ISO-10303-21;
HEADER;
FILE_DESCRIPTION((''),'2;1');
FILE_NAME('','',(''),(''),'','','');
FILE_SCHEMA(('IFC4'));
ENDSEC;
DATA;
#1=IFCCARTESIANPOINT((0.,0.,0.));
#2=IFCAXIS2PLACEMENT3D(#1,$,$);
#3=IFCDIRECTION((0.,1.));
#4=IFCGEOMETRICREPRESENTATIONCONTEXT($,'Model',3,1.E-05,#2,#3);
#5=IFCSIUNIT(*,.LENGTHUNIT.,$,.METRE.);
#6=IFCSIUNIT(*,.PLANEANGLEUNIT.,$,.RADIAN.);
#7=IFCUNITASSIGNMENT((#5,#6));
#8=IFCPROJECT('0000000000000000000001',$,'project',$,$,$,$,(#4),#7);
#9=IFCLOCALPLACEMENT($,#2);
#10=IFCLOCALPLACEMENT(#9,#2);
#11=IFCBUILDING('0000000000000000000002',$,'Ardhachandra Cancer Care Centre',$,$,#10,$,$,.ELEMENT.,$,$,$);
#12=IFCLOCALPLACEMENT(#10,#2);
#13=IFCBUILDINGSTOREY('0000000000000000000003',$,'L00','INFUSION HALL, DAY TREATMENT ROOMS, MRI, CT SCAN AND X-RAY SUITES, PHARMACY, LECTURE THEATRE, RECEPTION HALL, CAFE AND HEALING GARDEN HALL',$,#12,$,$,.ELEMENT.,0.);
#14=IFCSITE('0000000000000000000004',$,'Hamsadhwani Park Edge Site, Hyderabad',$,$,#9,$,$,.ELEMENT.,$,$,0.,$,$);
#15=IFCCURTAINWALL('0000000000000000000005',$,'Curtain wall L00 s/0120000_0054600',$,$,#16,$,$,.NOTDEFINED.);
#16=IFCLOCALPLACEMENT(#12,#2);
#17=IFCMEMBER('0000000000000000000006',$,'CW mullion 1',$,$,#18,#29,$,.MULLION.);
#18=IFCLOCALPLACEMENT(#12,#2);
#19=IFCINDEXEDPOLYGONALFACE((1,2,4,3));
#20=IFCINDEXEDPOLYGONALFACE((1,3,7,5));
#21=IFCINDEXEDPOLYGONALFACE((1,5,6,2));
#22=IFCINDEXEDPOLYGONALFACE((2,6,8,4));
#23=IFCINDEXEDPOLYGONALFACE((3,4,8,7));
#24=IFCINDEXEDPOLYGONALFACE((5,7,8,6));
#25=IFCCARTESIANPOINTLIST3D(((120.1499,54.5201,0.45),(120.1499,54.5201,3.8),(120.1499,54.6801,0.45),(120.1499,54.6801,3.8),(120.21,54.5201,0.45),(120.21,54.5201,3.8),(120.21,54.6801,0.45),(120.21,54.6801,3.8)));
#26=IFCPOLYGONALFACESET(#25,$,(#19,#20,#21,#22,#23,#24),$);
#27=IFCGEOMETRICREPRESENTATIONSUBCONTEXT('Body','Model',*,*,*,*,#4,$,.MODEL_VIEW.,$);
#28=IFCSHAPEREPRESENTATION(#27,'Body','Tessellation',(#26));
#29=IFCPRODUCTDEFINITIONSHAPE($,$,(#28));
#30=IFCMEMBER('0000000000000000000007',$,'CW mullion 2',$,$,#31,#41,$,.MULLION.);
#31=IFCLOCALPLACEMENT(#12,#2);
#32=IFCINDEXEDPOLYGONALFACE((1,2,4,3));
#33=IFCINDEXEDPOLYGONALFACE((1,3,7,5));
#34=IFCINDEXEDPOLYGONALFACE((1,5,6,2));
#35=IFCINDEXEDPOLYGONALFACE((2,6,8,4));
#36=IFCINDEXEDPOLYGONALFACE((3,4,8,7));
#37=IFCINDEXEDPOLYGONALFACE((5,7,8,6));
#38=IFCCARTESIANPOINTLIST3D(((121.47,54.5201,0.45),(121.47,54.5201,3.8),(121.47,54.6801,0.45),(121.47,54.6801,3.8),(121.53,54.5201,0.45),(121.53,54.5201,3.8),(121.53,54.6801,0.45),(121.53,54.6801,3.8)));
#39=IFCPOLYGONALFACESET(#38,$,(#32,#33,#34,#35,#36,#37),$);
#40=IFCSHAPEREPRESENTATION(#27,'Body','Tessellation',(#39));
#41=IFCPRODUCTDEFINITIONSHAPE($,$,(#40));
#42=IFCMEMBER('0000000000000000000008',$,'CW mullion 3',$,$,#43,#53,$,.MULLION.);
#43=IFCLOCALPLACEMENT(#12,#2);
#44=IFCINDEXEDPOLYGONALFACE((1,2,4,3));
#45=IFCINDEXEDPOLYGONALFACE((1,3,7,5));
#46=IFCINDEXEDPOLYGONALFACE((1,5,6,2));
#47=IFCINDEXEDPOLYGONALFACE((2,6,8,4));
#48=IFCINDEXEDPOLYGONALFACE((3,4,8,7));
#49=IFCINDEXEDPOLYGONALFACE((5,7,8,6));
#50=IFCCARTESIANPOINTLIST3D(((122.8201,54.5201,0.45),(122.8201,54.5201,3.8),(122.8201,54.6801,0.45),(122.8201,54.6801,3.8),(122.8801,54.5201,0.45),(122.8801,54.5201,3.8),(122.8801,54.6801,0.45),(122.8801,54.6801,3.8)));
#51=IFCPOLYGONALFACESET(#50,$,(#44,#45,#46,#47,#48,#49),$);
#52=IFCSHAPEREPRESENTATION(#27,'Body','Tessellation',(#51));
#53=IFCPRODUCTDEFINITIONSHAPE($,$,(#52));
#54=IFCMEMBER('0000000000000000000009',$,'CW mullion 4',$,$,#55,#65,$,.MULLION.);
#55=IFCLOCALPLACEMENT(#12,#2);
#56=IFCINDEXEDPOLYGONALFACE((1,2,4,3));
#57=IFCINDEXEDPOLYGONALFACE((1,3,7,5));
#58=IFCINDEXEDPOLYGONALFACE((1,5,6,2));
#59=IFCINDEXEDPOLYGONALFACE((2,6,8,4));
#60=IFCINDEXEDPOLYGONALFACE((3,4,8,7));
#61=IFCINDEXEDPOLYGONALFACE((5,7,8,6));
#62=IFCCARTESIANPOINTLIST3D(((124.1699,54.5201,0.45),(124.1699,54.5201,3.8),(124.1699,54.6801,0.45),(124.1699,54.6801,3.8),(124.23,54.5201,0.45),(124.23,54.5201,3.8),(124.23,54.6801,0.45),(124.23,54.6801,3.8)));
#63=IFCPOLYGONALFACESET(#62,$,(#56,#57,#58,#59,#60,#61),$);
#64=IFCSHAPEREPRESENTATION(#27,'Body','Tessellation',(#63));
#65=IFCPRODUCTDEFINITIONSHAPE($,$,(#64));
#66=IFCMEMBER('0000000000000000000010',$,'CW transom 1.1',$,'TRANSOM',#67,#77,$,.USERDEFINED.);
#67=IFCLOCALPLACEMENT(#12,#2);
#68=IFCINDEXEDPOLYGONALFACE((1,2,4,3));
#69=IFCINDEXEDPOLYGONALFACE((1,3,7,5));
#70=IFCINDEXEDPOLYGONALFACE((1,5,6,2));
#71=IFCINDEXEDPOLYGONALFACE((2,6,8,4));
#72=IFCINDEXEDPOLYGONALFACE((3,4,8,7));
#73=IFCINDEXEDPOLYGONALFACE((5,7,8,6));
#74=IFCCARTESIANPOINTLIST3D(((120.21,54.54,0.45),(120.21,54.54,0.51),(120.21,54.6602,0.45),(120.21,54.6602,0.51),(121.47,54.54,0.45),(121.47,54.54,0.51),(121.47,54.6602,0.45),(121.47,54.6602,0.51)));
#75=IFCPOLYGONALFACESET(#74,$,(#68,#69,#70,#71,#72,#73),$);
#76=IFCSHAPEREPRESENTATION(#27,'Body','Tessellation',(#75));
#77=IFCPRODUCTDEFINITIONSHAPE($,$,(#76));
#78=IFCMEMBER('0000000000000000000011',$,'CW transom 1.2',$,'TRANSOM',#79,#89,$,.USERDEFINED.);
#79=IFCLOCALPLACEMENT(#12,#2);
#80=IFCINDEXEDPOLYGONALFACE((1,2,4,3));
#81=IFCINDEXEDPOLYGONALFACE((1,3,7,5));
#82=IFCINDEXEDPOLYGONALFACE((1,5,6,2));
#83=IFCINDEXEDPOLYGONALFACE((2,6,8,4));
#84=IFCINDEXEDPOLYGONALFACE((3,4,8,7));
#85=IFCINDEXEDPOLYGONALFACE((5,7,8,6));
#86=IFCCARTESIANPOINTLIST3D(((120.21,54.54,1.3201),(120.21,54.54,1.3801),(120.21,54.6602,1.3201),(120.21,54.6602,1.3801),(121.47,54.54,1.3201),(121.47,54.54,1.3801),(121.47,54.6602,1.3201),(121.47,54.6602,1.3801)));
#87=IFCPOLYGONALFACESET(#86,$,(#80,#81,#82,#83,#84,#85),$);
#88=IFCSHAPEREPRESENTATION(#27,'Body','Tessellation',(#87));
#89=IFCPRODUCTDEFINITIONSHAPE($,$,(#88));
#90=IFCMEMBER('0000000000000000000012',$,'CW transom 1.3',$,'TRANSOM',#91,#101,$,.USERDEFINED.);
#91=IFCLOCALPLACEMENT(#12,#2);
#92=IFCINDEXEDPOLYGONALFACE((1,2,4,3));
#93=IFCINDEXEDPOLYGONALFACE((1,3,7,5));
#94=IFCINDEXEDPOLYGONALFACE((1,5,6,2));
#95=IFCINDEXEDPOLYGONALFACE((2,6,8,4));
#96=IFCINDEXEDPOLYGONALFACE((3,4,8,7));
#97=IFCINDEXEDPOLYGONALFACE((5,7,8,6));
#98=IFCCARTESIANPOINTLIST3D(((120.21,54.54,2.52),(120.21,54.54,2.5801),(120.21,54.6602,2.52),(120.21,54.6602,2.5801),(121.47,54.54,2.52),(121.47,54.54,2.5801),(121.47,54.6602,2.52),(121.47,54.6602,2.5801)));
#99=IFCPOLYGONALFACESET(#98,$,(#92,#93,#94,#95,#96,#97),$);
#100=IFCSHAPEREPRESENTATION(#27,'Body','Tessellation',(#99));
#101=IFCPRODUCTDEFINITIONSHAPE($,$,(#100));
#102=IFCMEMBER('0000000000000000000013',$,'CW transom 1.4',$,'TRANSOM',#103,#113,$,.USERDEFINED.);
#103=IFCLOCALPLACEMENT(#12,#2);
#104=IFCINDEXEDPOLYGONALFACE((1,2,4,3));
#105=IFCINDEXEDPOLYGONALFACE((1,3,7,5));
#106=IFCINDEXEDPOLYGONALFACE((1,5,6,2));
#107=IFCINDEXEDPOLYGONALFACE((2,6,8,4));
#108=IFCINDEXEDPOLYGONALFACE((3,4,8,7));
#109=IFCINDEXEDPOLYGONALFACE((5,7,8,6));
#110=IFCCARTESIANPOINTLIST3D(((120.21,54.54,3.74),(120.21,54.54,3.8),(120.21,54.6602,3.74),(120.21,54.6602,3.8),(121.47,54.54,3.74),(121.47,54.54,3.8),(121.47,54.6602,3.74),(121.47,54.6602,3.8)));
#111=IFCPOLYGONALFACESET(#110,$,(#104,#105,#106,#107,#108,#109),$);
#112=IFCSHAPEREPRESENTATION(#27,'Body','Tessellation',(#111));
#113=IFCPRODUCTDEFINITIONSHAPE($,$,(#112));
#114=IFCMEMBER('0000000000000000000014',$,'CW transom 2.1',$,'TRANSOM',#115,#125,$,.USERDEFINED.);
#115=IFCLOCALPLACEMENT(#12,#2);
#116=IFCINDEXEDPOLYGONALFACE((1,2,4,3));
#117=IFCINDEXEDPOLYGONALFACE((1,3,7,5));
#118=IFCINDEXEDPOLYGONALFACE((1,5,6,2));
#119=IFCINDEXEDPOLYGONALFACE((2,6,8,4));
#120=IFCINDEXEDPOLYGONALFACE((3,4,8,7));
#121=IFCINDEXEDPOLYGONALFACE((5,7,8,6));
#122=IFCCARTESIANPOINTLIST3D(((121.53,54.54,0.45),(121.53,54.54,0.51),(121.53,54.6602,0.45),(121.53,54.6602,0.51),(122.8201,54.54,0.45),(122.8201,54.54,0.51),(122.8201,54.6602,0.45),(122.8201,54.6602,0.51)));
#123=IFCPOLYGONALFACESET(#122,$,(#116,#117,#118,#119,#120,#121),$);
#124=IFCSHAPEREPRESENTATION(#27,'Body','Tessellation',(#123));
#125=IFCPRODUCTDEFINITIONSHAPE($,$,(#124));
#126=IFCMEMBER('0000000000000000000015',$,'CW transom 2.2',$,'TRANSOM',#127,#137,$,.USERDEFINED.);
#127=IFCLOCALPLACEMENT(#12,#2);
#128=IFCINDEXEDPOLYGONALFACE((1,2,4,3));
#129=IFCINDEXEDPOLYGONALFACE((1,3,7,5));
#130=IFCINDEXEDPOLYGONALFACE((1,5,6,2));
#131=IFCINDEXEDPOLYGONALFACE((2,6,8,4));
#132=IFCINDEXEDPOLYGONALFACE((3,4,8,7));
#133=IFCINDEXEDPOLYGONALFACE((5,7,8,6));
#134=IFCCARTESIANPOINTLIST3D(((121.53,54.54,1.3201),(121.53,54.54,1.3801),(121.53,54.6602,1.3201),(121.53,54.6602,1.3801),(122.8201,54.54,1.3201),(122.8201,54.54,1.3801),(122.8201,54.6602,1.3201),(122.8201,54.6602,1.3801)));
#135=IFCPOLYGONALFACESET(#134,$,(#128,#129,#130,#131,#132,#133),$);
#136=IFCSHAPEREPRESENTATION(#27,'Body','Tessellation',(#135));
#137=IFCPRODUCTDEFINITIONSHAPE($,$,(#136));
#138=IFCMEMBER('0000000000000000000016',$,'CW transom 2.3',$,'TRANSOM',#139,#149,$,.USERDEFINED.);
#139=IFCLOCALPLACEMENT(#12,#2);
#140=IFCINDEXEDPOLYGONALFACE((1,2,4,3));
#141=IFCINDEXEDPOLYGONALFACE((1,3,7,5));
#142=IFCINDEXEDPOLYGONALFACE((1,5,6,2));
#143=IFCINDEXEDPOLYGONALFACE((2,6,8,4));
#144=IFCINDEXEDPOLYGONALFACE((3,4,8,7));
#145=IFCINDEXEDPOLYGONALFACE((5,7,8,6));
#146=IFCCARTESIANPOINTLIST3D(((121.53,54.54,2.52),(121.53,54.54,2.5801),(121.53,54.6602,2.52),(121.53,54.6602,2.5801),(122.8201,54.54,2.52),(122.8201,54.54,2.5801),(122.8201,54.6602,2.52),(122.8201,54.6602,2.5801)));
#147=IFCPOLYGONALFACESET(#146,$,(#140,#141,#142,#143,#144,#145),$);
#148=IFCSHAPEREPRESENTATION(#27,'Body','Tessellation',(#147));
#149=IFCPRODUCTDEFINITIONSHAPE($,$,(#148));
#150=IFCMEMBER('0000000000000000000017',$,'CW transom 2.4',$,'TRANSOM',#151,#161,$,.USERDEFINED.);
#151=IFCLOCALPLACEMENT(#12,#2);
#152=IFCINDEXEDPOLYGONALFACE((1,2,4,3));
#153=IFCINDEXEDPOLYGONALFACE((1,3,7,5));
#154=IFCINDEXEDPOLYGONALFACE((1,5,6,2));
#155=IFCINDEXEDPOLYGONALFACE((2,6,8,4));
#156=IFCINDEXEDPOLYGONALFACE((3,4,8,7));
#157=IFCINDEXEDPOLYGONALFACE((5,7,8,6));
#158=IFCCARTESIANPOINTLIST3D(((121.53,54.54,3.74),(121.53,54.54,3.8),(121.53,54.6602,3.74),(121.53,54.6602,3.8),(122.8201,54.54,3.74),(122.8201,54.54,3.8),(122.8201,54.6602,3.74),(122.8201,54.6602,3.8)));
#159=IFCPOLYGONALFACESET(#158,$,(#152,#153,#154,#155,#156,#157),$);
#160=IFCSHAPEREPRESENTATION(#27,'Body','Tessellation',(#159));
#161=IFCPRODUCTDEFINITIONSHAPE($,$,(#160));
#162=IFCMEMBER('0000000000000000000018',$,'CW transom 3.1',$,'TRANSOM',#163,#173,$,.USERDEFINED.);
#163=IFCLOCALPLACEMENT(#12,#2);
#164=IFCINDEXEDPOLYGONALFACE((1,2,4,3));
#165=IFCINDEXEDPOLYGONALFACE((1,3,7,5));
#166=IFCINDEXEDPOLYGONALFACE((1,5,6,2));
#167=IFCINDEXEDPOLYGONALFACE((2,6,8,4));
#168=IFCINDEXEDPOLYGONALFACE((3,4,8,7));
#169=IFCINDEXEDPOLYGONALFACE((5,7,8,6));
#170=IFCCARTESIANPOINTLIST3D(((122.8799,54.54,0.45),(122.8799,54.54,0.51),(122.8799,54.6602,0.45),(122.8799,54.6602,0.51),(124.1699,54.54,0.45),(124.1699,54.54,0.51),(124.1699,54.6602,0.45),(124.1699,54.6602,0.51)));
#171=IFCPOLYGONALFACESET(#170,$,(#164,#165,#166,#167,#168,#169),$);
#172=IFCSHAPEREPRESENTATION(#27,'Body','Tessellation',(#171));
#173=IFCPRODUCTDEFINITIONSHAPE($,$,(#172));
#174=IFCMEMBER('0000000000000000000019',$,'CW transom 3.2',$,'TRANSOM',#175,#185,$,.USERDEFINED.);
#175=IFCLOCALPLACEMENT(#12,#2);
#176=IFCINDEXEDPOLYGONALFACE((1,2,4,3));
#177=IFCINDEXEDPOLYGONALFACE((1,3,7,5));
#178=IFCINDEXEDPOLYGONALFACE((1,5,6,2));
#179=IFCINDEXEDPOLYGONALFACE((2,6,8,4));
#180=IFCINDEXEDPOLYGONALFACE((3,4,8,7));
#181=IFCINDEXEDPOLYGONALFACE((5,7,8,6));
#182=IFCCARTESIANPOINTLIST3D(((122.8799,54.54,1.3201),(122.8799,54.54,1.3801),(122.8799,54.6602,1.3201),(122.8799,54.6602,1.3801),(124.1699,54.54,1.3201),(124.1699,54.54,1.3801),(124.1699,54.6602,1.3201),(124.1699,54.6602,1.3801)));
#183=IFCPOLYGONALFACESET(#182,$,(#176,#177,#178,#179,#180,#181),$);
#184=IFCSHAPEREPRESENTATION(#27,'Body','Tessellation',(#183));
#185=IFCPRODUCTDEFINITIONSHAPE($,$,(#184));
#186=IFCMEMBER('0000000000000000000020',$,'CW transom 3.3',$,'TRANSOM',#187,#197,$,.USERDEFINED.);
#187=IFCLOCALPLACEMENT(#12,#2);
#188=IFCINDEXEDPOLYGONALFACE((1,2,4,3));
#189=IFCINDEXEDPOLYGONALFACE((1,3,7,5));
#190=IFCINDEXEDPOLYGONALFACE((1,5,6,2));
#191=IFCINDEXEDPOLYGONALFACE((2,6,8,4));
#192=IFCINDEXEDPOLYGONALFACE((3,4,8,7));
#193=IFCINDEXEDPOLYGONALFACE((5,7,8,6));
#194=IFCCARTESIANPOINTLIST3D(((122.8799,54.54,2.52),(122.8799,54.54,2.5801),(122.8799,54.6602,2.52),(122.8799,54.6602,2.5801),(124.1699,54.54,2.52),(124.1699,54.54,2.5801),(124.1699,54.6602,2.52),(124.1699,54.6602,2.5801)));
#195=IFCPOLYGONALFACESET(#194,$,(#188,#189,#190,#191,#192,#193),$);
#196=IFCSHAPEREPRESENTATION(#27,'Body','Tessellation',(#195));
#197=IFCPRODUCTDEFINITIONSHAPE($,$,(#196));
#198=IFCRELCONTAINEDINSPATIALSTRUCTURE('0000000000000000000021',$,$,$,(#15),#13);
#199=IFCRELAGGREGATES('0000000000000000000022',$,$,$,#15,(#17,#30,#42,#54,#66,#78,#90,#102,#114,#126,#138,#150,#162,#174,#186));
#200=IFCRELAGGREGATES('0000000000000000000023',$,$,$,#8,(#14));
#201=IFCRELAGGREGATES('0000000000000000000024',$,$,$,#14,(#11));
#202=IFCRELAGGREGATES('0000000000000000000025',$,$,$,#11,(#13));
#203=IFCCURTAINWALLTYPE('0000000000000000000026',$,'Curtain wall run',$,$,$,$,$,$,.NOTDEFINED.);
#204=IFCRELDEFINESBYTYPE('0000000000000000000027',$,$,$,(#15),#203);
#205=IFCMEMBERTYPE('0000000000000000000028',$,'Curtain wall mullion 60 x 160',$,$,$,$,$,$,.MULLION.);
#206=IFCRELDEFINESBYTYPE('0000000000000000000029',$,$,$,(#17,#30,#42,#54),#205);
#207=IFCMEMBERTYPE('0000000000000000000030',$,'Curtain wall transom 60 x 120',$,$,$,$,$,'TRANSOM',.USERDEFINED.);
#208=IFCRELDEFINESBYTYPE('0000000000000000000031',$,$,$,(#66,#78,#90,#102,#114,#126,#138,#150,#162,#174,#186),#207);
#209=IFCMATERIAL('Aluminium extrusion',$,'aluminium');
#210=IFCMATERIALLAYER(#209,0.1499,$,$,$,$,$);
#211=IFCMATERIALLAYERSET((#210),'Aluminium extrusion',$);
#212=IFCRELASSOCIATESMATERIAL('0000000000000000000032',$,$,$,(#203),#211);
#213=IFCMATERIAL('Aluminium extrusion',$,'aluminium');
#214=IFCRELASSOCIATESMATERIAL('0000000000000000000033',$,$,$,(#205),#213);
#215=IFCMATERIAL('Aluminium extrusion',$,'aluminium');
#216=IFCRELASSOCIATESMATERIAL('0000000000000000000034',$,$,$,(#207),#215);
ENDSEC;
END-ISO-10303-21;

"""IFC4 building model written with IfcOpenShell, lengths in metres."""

from ifc_helpers import new_model, si_unit, direction, frame, origin, origin_2d, place, context, subcontext, project, spatial, rectangle, extrude, material, layer, layer_set, material_profile, profile_set, type_object, element, aggregate, save


model = new_model("IFC4")

# Units and contexts
model_context = context("Model", 3, precision=1e-05, world=origin(), true_north=direction((0.0, 1.0)))
body_context = subcontext(model_context, "Body", "Model", "MODEL_VIEW")
ifc_project = project(units=[si_unit("LENGTHUNIT", "METRE"), si_unit("PLANEANGLEUNIT", "RADIAN")], contexts=[model_context])

# Site, building, storey
site_placement = place(None, origin())
site = spatial("IfcSite", under=ifc_project, at=site_placement, Name="Hamsadhwani Park Edge Site, Hyderabad", CompositionType="ELEMENT", RefElevation=0.0)
building_placement = place(site_placement, origin())
building = spatial("IfcBuilding", under=site, at=building_placement, Name="Ardhachandra Cancer Care Centre", CompositionType="ELEMENT")
storey_placement = place(building_placement, origin())
storey = spatial("IfcBuildingStorey", under=building, at=storey_placement, Name="L00", Description="INFUSION HALL, DAY TREATMENT ROOMS, MRI, CT SCAN AND X-RAY SUITES, PHARMACY, LECTURE THEATRE, RECEPTION HALL, CAFE AND HEALING GARDEN HALL", CompositionType="ELEMENT", Elevation=0.0)

# Curtain wall, members
ifc_material_1 = material(Name="Aluminium extrusion", Category="aluminium")
ifc_layer_1 = layer(ifc_material_1, 0.1499)
ifc_layer_set_1 = layer_set([ifc_layer_1], Name="Aluminium extrusion")
curtain_wall_type = type_object("IfcCurtainWallType", Name="Curtain wall run", PredefinedType="NOTDEFINED", material=ifc_layer_set_1)
curtain_wall_placement = place(storey_placement, origin())
curtain_wall = element("IfcCurtainWall", 1, at=curtain_wall_placement, inside=storey, type_object=curtain_wall_type, Name="Curtain wall L00 s/0120000_0054600", PredefinedType="NOTDEFINED")
ifc_material_2 = material(Name="Aluminium extrusion", Category="aluminium")
ifc_material_profile_1 = material_profile(ifc_material_2, rectangle(XDim=0.1599, YDim=0.0601, at=origin_2d()), Name="Curtain wall mullion 60 x 160")
ifc_profile_set_1 = profile_set([ifc_material_profile_1], Name="Aluminium extrusion")
member_type_1 = type_object("IfcMemberType", Name="Curtain wall mullion 60 x 160", PredefinedType="MULLION", material=ifc_profile_set_1)
member_1_placement = place(storey_placement, frame((120.1799, 54.6001, 0.45), z_axis=(0.0, 0.0, 1.0), x_axis=(0.0, 1.0, 0.0)))
member_1 = element("IfcMember", 2, at=member_1_placement, type_object=member_type_1, Name="CW mullion 1", PredefinedType="MULLION", context=body_context, shape_type="SweptSolid", body=[
    extrude(rectangle(XDim=0.1599, YDim=0.0601, at=origin_2d()), origin(), (0.0, 0.0, 1.0), 3.3501),
])
member_2_placement = place(storey_placement, frame((121.5, 54.6001, 0.45), z_axis=(0.0, 0.0, 1.0), x_axis=(0.0, 1.0, 0.0)))
member_2 = element("IfcMember", 3, at=member_2_placement, type_object=member_type_1, Name="CW mullion 2", PredefinedType="MULLION", context=body_context, shape_type="SweptSolid", body=[
    extrude(rectangle(XDim=0.1599, YDim=0.0601, at=origin_2d()), origin(), (0.0, 0.0, 1.0), 3.3501),
])
member_3_placement = place(storey_placement, frame((122.8501, 54.6001, 0.45), z_axis=(0.0, 0.0, 1.0), x_axis=(0.0, 1.0, 0.0)))
member_3 = element("IfcMember", 4, at=member_3_placement, type_object=member_type_1, Name="CW mullion 3", PredefinedType="MULLION", context=body_context, shape_type="SweptSolid", body=[
    extrude(rectangle(XDim=0.1599, YDim=0.0601, at=origin_2d()), origin(), (0.0, 0.0, 1.0), 3.3501),
])
member_4_placement = place(storey_placement, frame((124.2, 54.6001, 0.45), z_axis=(0.0, 0.0, 1.0), x_axis=(0.0, 1.0, 0.0)))
member_4 = element("IfcMember", 5, at=member_4_placement, type_object=member_type_1, Name="CW mullion 4", PredefinedType="MULLION", context=body_context, shape_type="SweptSolid", body=[
    extrude(rectangle(XDim=0.1599, YDim=0.0601, at=origin_2d()), origin(), (0.0, 0.0, 1.0), 3.3501),
])
ifc_material_3 = material(Name="Aluminium extrusion", Category="aluminium")
ifc_material_profile_2 = material_profile(ifc_material_3, rectangle(XDim=0.1201, YDim=0.0601, at=origin_2d()), Name="Curtain wall transom 60 x 120")
ifc_profile_set_2 = profile_set([ifc_material_profile_2], Name="Aluminium extrusion")
member_type_2 = type_object("IfcMemberType", Name="Curtain wall transom 60 x 120", ElementType="TRANSOM", PredefinedType="USERDEFINED", material=ifc_profile_set_2)
member_5_placement = place(storey_placement, frame((120.21, 54.6001, 0.48), z_axis=(1.0, 0.0, 0.0), x_axis=(0.0, 1.0, 0.0)))
member_5 = element("IfcMember", 6, at=member_5_placement, type_object=member_type_2, Name="CW transom 1.1", ObjectType="TRANSOM", PredefinedType="USERDEFINED", context=body_context, shape_type="SweptSolid", body=[
    extrude(rectangle(XDim=0.1201, YDim=0.0601, at=origin_2d()), origin(), (0.0, 0.0, 1.0), 1.26),
])
member_6_placement = place(storey_placement, frame((120.21, 54.6001, 1.3501), z_axis=(1.0, 0.0, 0.0), x_axis=(0.0, 1.0, 0.0)))
member_6 = element("IfcMember", 7, at=member_6_placement, type_object=member_type_2, Name="CW transom 1.2", ObjectType="TRANSOM", PredefinedType="USERDEFINED", context=body_context, shape_type="SweptSolid", body=[
    extrude(rectangle(XDim=0.1201, YDim=0.0601, at=origin_2d()), origin(), (0.0, 0.0, 1.0), 1.26),
])
member_7_placement = place(storey_placement, frame((120.21, 54.6001, 2.55), z_axis=(1.0, 0.0, 0.0), x_axis=(0.0, 1.0, 0.0)))
member_7 = element("IfcMember", 8, at=member_7_placement, type_object=member_type_2, Name="CW transom 1.3", ObjectType="TRANSOM", PredefinedType="USERDEFINED", context=body_context, shape_type="SweptSolid", body=[
    extrude(rectangle(XDim=0.1201, YDim=0.0601, at=origin_2d()), origin(), (0.0, 0.0, 1.0), 1.26),
])
member_8_placement = place(storey_placement, frame((120.21, 54.6001, 3.77), z_axis=(1.0, 0.0, 0.0), x_axis=(0.0, 1.0, 0.0)))
member_8 = element("IfcMember", 9, at=member_8_placement, type_object=member_type_2, Name="CW transom 1.4", ObjectType="TRANSOM", PredefinedType="USERDEFINED", context=body_context, shape_type="SweptSolid", body=[
    extrude(rectangle(XDim=0.1201, YDim=0.0601, at=origin_2d()), origin(), (0.0, 0.0, 1.0), 1.26),
])
member_9_placement = place(storey_placement, frame((121.53, 54.6001, 0.48), z_axis=(1.0, 0.0, 0.0), x_axis=(0.0, 1.0, 0.0)))
member_9 = element("IfcMember", 10, at=member_9_placement, type_object=member_type_2, Name="CW transom 2.1", ObjectType="TRANSOM", PredefinedType="USERDEFINED", context=body_context, shape_type="SweptSolid", body=[
    extrude(rectangle(XDim=0.1201, YDim=0.0601, at=origin_2d()), origin(), (0.0, 0.0, 1.0), 1.29),
])
member_10_placement = place(storey_placement, frame((121.53, 54.6001, 1.3501), z_axis=(1.0, 0.0, 0.0), x_axis=(0.0, 1.0, 0.0)))
member_10 = element("IfcMember", 11, at=member_10_placement, type_object=member_type_2, Name="CW transom 2.2", ObjectType="TRANSOM", PredefinedType="USERDEFINED", context=body_context, shape_type="SweptSolid", body=[
    extrude(rectangle(XDim=0.1201, YDim=0.0601, at=origin_2d()), origin(), (0.0, 0.0, 1.0), 1.29),
])
member_11_placement = place(storey_placement, frame((121.53, 54.6001, 2.55), z_axis=(1.0, 0.0, 0.0), x_axis=(0.0, 1.0, 0.0)))
member_11 = element("IfcMember", 12, at=member_11_placement, type_object=member_type_2, Name="CW transom 2.3", ObjectType="TRANSOM", PredefinedType="USERDEFINED", context=body_context, shape_type="SweptSolid", body=[
    extrude(rectangle(XDim=0.1201, YDim=0.0601, at=origin_2d()), origin(), (0.0, 0.0, 1.0), 1.29),
])
member_12_placement = place(storey_placement, frame((121.53, 54.6001, 3.77), z_axis=(1.0, 0.0, 0.0), x_axis=(0.0, 1.0, 0.0)))
member_12 = element("IfcMember", 13, at=member_12_placement, type_object=member_type_2, Name="CW transom 2.4", ObjectType="TRANSOM", PredefinedType="USERDEFINED", context=body_context, shape_type="SweptSolid", body=[
    extrude(rectangle(XDim=0.1201, YDim=0.0601, at=origin_2d()), origin(), (0.0, 0.0, 1.0), 1.29),
])
member_13_placement = place(storey_placement, frame((122.8799, 54.6001, 0.48), z_axis=(1.0, 0.0, 0.0), x_axis=(0.0, 1.0, 0.0)))
member_13 = element("IfcMember", 14, at=member_13_placement, type_object=member_type_2, Name="CW transom 3.1", ObjectType="TRANSOM", PredefinedType="USERDEFINED", context=body_context, shape_type="SweptSolid", body=[
    extrude(rectangle(XDim=0.1201, YDim=0.0601, at=origin_2d()), origin(), (0.0, 0.0, 1.0), 1.29),
])
member_14_placement = place(storey_placement, frame((122.8799, 54.6001, 1.3501), z_axis=(1.0, 0.0, 0.0), x_axis=(0.0, 1.0, 0.0)))
member_14 = element("IfcMember", 15, at=member_14_placement, type_object=member_type_2, Name="CW transom 3.2", ObjectType="TRANSOM", PredefinedType="USERDEFINED", context=body_context, shape_type="SweptSolid", body=[
    extrude(rectangle(XDim=0.1201, YDim=0.0601, at=origin_2d()), origin(), (0.0, 0.0, 1.0), 1.29),
])
member_15_placement = place(storey_placement, frame((122.8799, 54.6001, 2.55), z_axis=(1.0, 0.0, 0.0), x_axis=(0.0, 1.0, 0.0)))
member_15 = element("IfcMember", 16, at=member_15_placement, type_object=member_type_2, Name="CW transom 3.3", ObjectType="TRANSOM", PredefinedType="USERDEFINED", context=body_context, shape_type="SweptSolid", body=[
    extrude(rectangle(XDim=0.1201, YDim=0.0601, at=origin_2d()), origin(), (0.0, 0.0, 1.0), 1.29),
])
aggregate(curtain_wall, [member_1, member_2, member_3, member_4, member_5, member_6, member_7, member_8, member_9, member_10, member_11, member_12, member_13, member_14, member_15])

save(model, "model.ifc")
